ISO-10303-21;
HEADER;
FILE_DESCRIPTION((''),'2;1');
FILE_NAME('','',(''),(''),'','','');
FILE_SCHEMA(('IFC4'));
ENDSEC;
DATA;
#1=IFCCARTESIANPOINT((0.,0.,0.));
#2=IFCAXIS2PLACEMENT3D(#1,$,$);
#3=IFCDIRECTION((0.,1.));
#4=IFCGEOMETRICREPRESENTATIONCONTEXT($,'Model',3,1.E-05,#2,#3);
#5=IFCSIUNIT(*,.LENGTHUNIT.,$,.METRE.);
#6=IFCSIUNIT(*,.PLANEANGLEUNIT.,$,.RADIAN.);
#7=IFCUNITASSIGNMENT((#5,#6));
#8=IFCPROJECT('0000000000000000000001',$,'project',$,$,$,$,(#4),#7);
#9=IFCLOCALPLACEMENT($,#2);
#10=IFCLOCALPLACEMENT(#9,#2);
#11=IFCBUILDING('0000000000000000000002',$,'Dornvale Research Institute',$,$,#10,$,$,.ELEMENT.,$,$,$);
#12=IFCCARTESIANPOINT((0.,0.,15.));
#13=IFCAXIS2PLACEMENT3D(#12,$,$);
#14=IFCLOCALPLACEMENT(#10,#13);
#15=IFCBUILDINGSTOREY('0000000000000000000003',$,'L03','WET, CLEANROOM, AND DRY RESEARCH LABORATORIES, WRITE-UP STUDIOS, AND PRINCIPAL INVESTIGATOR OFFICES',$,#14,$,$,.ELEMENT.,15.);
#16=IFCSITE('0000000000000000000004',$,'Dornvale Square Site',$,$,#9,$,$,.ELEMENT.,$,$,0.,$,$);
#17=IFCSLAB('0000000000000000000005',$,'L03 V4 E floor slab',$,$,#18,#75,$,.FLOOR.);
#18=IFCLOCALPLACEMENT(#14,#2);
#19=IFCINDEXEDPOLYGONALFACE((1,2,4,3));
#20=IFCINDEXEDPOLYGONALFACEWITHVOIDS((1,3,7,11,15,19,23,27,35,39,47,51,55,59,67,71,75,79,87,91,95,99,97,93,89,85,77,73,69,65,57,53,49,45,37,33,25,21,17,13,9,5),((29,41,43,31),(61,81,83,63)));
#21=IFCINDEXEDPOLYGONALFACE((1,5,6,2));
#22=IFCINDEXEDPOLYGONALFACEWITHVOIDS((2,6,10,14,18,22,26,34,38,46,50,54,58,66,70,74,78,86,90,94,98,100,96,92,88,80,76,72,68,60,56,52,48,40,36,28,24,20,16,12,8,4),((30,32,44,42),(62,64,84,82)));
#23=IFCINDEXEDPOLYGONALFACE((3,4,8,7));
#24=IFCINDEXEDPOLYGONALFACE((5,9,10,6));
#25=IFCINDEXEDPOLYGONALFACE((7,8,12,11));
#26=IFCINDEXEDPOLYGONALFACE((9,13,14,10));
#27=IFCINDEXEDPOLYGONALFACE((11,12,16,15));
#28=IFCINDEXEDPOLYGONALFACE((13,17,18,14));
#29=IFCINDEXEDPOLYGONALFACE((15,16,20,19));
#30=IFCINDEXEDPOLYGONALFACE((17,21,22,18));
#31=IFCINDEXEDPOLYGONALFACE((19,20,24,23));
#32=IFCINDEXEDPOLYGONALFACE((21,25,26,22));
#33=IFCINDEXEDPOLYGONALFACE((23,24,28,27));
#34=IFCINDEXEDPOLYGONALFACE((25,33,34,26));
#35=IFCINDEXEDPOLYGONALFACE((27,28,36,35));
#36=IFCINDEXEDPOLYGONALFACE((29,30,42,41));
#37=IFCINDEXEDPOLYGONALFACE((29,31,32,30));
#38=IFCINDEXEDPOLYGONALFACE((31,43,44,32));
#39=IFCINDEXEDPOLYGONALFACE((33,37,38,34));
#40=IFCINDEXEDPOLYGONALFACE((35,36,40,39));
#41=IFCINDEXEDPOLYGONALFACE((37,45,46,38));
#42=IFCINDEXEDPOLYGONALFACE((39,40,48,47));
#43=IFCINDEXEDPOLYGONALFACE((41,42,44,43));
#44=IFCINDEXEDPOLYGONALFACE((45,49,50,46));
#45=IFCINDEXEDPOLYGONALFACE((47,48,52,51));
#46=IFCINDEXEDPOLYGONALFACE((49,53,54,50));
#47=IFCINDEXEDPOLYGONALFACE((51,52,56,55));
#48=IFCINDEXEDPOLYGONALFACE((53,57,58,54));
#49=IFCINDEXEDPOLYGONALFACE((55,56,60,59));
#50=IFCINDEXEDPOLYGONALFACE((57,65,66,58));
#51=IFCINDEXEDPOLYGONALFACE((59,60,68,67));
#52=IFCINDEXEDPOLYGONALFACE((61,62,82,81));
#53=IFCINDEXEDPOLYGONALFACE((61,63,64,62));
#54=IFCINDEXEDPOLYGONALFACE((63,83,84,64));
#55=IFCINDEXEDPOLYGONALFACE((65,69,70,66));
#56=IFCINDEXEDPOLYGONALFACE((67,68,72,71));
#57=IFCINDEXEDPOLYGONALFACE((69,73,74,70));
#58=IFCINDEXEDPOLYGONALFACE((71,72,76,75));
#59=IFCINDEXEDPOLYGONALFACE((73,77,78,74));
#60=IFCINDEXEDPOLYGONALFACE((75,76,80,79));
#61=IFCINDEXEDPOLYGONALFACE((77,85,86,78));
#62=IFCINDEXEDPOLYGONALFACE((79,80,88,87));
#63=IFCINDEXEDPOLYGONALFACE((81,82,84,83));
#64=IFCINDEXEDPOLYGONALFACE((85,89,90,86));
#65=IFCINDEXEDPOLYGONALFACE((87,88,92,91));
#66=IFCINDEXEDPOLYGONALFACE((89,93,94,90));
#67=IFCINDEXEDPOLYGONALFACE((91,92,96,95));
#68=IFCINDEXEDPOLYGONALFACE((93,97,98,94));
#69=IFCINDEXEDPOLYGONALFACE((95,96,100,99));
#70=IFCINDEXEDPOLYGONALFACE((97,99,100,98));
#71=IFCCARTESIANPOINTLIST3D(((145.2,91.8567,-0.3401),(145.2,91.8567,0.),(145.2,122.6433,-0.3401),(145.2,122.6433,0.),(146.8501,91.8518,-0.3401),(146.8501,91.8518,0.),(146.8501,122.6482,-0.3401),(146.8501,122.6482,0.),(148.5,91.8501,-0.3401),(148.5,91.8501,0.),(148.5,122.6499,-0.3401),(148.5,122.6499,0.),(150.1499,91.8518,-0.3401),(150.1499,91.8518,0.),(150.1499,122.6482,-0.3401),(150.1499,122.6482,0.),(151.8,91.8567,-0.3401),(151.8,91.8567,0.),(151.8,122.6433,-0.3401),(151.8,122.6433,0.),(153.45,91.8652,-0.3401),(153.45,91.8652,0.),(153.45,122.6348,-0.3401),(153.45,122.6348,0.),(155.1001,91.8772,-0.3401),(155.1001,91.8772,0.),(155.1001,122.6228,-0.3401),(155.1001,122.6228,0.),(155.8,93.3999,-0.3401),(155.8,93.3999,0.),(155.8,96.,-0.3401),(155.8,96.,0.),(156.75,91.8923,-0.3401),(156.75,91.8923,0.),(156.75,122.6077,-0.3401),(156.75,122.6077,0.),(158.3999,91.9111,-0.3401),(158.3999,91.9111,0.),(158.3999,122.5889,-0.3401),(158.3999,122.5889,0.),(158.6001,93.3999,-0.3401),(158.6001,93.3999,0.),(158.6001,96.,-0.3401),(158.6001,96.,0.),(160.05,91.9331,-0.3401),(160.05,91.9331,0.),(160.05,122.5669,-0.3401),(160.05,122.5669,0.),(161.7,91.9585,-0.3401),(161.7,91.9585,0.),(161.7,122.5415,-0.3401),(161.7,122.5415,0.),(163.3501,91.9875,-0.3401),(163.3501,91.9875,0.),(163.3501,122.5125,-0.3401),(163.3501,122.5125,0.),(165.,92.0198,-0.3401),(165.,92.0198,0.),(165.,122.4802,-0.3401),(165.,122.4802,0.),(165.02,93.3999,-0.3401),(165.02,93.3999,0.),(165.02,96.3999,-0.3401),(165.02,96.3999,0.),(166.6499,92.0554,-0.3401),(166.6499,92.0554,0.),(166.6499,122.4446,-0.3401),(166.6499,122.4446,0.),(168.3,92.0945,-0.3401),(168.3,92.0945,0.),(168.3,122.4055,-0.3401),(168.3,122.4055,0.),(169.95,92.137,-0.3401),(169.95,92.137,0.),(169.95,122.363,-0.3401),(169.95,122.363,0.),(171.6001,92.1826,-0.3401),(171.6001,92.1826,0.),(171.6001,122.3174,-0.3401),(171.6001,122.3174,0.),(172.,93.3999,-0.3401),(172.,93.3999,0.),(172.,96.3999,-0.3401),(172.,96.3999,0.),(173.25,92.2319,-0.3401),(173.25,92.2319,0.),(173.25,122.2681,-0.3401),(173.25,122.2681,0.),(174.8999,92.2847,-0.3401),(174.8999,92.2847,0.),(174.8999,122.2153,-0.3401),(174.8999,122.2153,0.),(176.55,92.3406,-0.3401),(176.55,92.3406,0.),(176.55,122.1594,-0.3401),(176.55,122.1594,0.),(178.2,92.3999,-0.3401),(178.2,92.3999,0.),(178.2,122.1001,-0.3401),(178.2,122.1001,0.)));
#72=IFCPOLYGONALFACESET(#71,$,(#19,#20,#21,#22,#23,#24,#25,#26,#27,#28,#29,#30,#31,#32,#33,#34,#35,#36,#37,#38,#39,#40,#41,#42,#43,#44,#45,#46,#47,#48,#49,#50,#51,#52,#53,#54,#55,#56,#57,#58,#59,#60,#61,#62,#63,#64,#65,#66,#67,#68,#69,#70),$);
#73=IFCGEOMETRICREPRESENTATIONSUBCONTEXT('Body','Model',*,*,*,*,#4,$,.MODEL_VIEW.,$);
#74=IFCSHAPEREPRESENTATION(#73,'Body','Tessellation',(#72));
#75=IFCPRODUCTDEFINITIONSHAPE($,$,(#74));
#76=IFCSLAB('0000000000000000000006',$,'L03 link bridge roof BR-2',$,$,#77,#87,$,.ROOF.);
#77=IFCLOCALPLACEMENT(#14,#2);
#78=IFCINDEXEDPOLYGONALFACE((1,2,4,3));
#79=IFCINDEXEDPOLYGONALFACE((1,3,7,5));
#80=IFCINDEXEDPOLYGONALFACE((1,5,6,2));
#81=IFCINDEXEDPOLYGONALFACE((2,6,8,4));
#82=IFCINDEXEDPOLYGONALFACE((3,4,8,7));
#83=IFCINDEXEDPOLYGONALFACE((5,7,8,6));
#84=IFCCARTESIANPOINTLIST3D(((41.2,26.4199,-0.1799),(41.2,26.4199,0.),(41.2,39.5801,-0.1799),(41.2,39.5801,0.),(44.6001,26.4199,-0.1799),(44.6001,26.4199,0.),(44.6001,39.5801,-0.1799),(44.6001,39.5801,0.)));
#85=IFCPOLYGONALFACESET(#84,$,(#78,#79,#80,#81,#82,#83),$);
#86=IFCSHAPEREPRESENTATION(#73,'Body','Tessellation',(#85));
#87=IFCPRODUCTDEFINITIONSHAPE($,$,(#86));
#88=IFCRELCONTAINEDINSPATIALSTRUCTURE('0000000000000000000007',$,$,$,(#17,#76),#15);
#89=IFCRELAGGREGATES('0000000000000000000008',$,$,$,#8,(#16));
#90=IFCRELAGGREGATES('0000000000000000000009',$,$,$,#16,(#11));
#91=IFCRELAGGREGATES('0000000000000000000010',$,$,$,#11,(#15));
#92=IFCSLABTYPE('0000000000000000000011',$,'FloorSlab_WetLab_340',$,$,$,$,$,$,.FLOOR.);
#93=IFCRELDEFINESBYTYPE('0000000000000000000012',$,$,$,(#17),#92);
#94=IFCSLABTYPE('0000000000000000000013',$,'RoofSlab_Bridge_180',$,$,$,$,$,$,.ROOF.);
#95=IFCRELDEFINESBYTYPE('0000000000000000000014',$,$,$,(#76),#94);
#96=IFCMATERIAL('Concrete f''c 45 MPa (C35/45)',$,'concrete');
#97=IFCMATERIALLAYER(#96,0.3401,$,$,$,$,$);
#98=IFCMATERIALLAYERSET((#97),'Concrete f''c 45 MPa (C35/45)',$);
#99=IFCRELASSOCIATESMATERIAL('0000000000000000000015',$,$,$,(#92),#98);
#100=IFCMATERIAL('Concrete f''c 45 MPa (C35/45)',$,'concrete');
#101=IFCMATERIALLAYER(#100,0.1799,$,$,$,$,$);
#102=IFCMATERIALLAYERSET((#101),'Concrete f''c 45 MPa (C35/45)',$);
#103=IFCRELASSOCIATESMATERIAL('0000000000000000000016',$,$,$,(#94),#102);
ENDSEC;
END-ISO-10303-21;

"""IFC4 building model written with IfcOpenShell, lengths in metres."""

from ifc_helpers import new_model, si_unit, direction, frame, origin, place, context, subcontext, project, spatial, polyline, outline, extrude, material, layer, layer_set, type_object, element, save


model = new_model("IFC4")

# Units and contexts
model_context = context("Model", 3, precision=1e-05, world=origin(), true_north=direction((0.0, 1.0)))
body_context = subcontext(model_context, "Body", "Model", "MODEL_VIEW")
ifc_project = project(units=[si_unit("LENGTHUNIT", "METRE"), si_unit("PLANEANGLEUNIT", "RADIAN")], contexts=[model_context])

# Site, building, storey
site_placement = place(None, origin())
site = spatial("IfcSite", under=ifc_project, at=site_placement, Name="Dornvale Square Site", CompositionType="ELEMENT", RefElevation=0.0)
building_placement = place(site_placement, origin())
building = spatial("IfcBuilding", under=site, at=building_placement, Name="Dornvale Research Institute", CompositionType="ELEMENT")
storey_placement = place(building_placement, frame((0.0, 0.0, 15.0)))
storey = spatial("IfcBuildingStorey", under=building, at=storey_placement, Name="L03", Description="WET, CLEANROOM, AND DRY RESEARCH LABORATORIES, WRITE-UP STUDIOS, AND PRINCIPAL INVESTIGATOR OFFICES", CompositionType="ELEMENT", Elevation=15.0)

# Slabs
ifc_material_1 = material(Name="Concrete f'c 45 MPa (C35/45)", Category="concrete")
ifc_layer_1 = layer(ifc_material_1, 0.3401)
ifc_layer_set_1 = layer_set([ifc_layer_1], Name="Concrete f'c 45 MPa (C35/45)")
slab_type_1 = type_object("IfcSlabType", Name="FloorSlab_WetLab_340", PredefinedType="FLOOR", material=ifc_layer_set_1)
slab_1_placement = place(storey_placement, frame((0.0, 0.0, -0.3401)))
element("IfcSlab", 1, at=slab_1_placement, inside=storey, type_object=slab_type_1, Name="L03 V4 E floor slab", PredefinedType="FLOOR", context=body_context, shape_type="SweptSolid", body=[
    extrude(outline(polyline([(146.8501, 122.6482), (148.5, 122.6499), (150.1499, 122.6482), (151.8, 122.6433), (153.45, 122.6348), (155.1001, 122.6228), (156.75, 122.6077), (158.3999, 122.5889), (160.05, 122.5669), (161.7, 122.5415), (163.3501, 122.5125), (165.0, 122.4802), (166.6499, 122.4446), (168.3, 122.4055), (169.95, 122.363), (171.6001, 122.3174), (173.25, 122.2681), (174.8999, 122.2153), (176.55, 122.1594), (178.2, 122.1001), (178.2, 92.3999), (176.55, 92.3406), (174.8999, 92.2847), (173.25, 92.2319), (171.6001, 92.1826), (169.95, 92.137), (168.3, 92.0945), (166.6499, 92.0554), (165.0, 92.0198), (163.3501, 91.9875), (161.7, 91.9585), (160.05, 91.9331), (158.3999, 91.9111), (156.75, 91.8923), (155.1001, 91.8772), (153.45, 91.8652), (151.8, 91.8567), (150.1499, 91.8518), (148.5, 91.8501), (146.8501, 91.8518), (145.2, 91.8567), (145.2, 122.6433), (146.8501, 122.6482)]), holes=[polyline([(165.02, 93.3999), (172.0, 93.3999), (172.0, 96.3999), (165.02, 96.3999), (165.02, 93.3999)]), polyline([(155.8, 93.3999), (158.6001, 93.3999), (158.6001, 96.0), (155.8, 96.0), (155.8, 93.3999)])]), origin(), (0.0, 0.0, 1.0), 0.3401),
])
ifc_material_2 = material(Name="Concrete f'c 45 MPa (C35/45)", Category="concrete")
ifc_layer_2 = layer(ifc_material_2, 0.1799)
ifc_layer_set_2 = layer_set([ifc_layer_2], Name="Concrete f'c 45 MPa (C35/45)")
slab_type_2 = type_object("IfcSlabType", Name="RoofSlab_Bridge_180", PredefinedType="ROOF", material=ifc_layer_set_2)
slab_2_placement = place(storey_placement, frame((0.0, 0.0, -0.1799)))
element("IfcSlab", 2, at=slab_2_placement, inside=storey, type_object=slab_type_2, Name="L03 link bridge roof BR-2", PredefinedType="ROOF", context=body_context, shape_type="SweptSolid", body=[
    extrude(outline(polyline([(41.2, 39.5801), (44.6001, 39.5801), (44.6001, 26.4199), (41.2, 26.4199), (41.2, 39.5801)])), origin(), (0.0, 0.0, 1.0), 0.1799),
])

save(model, "model.ifc")
